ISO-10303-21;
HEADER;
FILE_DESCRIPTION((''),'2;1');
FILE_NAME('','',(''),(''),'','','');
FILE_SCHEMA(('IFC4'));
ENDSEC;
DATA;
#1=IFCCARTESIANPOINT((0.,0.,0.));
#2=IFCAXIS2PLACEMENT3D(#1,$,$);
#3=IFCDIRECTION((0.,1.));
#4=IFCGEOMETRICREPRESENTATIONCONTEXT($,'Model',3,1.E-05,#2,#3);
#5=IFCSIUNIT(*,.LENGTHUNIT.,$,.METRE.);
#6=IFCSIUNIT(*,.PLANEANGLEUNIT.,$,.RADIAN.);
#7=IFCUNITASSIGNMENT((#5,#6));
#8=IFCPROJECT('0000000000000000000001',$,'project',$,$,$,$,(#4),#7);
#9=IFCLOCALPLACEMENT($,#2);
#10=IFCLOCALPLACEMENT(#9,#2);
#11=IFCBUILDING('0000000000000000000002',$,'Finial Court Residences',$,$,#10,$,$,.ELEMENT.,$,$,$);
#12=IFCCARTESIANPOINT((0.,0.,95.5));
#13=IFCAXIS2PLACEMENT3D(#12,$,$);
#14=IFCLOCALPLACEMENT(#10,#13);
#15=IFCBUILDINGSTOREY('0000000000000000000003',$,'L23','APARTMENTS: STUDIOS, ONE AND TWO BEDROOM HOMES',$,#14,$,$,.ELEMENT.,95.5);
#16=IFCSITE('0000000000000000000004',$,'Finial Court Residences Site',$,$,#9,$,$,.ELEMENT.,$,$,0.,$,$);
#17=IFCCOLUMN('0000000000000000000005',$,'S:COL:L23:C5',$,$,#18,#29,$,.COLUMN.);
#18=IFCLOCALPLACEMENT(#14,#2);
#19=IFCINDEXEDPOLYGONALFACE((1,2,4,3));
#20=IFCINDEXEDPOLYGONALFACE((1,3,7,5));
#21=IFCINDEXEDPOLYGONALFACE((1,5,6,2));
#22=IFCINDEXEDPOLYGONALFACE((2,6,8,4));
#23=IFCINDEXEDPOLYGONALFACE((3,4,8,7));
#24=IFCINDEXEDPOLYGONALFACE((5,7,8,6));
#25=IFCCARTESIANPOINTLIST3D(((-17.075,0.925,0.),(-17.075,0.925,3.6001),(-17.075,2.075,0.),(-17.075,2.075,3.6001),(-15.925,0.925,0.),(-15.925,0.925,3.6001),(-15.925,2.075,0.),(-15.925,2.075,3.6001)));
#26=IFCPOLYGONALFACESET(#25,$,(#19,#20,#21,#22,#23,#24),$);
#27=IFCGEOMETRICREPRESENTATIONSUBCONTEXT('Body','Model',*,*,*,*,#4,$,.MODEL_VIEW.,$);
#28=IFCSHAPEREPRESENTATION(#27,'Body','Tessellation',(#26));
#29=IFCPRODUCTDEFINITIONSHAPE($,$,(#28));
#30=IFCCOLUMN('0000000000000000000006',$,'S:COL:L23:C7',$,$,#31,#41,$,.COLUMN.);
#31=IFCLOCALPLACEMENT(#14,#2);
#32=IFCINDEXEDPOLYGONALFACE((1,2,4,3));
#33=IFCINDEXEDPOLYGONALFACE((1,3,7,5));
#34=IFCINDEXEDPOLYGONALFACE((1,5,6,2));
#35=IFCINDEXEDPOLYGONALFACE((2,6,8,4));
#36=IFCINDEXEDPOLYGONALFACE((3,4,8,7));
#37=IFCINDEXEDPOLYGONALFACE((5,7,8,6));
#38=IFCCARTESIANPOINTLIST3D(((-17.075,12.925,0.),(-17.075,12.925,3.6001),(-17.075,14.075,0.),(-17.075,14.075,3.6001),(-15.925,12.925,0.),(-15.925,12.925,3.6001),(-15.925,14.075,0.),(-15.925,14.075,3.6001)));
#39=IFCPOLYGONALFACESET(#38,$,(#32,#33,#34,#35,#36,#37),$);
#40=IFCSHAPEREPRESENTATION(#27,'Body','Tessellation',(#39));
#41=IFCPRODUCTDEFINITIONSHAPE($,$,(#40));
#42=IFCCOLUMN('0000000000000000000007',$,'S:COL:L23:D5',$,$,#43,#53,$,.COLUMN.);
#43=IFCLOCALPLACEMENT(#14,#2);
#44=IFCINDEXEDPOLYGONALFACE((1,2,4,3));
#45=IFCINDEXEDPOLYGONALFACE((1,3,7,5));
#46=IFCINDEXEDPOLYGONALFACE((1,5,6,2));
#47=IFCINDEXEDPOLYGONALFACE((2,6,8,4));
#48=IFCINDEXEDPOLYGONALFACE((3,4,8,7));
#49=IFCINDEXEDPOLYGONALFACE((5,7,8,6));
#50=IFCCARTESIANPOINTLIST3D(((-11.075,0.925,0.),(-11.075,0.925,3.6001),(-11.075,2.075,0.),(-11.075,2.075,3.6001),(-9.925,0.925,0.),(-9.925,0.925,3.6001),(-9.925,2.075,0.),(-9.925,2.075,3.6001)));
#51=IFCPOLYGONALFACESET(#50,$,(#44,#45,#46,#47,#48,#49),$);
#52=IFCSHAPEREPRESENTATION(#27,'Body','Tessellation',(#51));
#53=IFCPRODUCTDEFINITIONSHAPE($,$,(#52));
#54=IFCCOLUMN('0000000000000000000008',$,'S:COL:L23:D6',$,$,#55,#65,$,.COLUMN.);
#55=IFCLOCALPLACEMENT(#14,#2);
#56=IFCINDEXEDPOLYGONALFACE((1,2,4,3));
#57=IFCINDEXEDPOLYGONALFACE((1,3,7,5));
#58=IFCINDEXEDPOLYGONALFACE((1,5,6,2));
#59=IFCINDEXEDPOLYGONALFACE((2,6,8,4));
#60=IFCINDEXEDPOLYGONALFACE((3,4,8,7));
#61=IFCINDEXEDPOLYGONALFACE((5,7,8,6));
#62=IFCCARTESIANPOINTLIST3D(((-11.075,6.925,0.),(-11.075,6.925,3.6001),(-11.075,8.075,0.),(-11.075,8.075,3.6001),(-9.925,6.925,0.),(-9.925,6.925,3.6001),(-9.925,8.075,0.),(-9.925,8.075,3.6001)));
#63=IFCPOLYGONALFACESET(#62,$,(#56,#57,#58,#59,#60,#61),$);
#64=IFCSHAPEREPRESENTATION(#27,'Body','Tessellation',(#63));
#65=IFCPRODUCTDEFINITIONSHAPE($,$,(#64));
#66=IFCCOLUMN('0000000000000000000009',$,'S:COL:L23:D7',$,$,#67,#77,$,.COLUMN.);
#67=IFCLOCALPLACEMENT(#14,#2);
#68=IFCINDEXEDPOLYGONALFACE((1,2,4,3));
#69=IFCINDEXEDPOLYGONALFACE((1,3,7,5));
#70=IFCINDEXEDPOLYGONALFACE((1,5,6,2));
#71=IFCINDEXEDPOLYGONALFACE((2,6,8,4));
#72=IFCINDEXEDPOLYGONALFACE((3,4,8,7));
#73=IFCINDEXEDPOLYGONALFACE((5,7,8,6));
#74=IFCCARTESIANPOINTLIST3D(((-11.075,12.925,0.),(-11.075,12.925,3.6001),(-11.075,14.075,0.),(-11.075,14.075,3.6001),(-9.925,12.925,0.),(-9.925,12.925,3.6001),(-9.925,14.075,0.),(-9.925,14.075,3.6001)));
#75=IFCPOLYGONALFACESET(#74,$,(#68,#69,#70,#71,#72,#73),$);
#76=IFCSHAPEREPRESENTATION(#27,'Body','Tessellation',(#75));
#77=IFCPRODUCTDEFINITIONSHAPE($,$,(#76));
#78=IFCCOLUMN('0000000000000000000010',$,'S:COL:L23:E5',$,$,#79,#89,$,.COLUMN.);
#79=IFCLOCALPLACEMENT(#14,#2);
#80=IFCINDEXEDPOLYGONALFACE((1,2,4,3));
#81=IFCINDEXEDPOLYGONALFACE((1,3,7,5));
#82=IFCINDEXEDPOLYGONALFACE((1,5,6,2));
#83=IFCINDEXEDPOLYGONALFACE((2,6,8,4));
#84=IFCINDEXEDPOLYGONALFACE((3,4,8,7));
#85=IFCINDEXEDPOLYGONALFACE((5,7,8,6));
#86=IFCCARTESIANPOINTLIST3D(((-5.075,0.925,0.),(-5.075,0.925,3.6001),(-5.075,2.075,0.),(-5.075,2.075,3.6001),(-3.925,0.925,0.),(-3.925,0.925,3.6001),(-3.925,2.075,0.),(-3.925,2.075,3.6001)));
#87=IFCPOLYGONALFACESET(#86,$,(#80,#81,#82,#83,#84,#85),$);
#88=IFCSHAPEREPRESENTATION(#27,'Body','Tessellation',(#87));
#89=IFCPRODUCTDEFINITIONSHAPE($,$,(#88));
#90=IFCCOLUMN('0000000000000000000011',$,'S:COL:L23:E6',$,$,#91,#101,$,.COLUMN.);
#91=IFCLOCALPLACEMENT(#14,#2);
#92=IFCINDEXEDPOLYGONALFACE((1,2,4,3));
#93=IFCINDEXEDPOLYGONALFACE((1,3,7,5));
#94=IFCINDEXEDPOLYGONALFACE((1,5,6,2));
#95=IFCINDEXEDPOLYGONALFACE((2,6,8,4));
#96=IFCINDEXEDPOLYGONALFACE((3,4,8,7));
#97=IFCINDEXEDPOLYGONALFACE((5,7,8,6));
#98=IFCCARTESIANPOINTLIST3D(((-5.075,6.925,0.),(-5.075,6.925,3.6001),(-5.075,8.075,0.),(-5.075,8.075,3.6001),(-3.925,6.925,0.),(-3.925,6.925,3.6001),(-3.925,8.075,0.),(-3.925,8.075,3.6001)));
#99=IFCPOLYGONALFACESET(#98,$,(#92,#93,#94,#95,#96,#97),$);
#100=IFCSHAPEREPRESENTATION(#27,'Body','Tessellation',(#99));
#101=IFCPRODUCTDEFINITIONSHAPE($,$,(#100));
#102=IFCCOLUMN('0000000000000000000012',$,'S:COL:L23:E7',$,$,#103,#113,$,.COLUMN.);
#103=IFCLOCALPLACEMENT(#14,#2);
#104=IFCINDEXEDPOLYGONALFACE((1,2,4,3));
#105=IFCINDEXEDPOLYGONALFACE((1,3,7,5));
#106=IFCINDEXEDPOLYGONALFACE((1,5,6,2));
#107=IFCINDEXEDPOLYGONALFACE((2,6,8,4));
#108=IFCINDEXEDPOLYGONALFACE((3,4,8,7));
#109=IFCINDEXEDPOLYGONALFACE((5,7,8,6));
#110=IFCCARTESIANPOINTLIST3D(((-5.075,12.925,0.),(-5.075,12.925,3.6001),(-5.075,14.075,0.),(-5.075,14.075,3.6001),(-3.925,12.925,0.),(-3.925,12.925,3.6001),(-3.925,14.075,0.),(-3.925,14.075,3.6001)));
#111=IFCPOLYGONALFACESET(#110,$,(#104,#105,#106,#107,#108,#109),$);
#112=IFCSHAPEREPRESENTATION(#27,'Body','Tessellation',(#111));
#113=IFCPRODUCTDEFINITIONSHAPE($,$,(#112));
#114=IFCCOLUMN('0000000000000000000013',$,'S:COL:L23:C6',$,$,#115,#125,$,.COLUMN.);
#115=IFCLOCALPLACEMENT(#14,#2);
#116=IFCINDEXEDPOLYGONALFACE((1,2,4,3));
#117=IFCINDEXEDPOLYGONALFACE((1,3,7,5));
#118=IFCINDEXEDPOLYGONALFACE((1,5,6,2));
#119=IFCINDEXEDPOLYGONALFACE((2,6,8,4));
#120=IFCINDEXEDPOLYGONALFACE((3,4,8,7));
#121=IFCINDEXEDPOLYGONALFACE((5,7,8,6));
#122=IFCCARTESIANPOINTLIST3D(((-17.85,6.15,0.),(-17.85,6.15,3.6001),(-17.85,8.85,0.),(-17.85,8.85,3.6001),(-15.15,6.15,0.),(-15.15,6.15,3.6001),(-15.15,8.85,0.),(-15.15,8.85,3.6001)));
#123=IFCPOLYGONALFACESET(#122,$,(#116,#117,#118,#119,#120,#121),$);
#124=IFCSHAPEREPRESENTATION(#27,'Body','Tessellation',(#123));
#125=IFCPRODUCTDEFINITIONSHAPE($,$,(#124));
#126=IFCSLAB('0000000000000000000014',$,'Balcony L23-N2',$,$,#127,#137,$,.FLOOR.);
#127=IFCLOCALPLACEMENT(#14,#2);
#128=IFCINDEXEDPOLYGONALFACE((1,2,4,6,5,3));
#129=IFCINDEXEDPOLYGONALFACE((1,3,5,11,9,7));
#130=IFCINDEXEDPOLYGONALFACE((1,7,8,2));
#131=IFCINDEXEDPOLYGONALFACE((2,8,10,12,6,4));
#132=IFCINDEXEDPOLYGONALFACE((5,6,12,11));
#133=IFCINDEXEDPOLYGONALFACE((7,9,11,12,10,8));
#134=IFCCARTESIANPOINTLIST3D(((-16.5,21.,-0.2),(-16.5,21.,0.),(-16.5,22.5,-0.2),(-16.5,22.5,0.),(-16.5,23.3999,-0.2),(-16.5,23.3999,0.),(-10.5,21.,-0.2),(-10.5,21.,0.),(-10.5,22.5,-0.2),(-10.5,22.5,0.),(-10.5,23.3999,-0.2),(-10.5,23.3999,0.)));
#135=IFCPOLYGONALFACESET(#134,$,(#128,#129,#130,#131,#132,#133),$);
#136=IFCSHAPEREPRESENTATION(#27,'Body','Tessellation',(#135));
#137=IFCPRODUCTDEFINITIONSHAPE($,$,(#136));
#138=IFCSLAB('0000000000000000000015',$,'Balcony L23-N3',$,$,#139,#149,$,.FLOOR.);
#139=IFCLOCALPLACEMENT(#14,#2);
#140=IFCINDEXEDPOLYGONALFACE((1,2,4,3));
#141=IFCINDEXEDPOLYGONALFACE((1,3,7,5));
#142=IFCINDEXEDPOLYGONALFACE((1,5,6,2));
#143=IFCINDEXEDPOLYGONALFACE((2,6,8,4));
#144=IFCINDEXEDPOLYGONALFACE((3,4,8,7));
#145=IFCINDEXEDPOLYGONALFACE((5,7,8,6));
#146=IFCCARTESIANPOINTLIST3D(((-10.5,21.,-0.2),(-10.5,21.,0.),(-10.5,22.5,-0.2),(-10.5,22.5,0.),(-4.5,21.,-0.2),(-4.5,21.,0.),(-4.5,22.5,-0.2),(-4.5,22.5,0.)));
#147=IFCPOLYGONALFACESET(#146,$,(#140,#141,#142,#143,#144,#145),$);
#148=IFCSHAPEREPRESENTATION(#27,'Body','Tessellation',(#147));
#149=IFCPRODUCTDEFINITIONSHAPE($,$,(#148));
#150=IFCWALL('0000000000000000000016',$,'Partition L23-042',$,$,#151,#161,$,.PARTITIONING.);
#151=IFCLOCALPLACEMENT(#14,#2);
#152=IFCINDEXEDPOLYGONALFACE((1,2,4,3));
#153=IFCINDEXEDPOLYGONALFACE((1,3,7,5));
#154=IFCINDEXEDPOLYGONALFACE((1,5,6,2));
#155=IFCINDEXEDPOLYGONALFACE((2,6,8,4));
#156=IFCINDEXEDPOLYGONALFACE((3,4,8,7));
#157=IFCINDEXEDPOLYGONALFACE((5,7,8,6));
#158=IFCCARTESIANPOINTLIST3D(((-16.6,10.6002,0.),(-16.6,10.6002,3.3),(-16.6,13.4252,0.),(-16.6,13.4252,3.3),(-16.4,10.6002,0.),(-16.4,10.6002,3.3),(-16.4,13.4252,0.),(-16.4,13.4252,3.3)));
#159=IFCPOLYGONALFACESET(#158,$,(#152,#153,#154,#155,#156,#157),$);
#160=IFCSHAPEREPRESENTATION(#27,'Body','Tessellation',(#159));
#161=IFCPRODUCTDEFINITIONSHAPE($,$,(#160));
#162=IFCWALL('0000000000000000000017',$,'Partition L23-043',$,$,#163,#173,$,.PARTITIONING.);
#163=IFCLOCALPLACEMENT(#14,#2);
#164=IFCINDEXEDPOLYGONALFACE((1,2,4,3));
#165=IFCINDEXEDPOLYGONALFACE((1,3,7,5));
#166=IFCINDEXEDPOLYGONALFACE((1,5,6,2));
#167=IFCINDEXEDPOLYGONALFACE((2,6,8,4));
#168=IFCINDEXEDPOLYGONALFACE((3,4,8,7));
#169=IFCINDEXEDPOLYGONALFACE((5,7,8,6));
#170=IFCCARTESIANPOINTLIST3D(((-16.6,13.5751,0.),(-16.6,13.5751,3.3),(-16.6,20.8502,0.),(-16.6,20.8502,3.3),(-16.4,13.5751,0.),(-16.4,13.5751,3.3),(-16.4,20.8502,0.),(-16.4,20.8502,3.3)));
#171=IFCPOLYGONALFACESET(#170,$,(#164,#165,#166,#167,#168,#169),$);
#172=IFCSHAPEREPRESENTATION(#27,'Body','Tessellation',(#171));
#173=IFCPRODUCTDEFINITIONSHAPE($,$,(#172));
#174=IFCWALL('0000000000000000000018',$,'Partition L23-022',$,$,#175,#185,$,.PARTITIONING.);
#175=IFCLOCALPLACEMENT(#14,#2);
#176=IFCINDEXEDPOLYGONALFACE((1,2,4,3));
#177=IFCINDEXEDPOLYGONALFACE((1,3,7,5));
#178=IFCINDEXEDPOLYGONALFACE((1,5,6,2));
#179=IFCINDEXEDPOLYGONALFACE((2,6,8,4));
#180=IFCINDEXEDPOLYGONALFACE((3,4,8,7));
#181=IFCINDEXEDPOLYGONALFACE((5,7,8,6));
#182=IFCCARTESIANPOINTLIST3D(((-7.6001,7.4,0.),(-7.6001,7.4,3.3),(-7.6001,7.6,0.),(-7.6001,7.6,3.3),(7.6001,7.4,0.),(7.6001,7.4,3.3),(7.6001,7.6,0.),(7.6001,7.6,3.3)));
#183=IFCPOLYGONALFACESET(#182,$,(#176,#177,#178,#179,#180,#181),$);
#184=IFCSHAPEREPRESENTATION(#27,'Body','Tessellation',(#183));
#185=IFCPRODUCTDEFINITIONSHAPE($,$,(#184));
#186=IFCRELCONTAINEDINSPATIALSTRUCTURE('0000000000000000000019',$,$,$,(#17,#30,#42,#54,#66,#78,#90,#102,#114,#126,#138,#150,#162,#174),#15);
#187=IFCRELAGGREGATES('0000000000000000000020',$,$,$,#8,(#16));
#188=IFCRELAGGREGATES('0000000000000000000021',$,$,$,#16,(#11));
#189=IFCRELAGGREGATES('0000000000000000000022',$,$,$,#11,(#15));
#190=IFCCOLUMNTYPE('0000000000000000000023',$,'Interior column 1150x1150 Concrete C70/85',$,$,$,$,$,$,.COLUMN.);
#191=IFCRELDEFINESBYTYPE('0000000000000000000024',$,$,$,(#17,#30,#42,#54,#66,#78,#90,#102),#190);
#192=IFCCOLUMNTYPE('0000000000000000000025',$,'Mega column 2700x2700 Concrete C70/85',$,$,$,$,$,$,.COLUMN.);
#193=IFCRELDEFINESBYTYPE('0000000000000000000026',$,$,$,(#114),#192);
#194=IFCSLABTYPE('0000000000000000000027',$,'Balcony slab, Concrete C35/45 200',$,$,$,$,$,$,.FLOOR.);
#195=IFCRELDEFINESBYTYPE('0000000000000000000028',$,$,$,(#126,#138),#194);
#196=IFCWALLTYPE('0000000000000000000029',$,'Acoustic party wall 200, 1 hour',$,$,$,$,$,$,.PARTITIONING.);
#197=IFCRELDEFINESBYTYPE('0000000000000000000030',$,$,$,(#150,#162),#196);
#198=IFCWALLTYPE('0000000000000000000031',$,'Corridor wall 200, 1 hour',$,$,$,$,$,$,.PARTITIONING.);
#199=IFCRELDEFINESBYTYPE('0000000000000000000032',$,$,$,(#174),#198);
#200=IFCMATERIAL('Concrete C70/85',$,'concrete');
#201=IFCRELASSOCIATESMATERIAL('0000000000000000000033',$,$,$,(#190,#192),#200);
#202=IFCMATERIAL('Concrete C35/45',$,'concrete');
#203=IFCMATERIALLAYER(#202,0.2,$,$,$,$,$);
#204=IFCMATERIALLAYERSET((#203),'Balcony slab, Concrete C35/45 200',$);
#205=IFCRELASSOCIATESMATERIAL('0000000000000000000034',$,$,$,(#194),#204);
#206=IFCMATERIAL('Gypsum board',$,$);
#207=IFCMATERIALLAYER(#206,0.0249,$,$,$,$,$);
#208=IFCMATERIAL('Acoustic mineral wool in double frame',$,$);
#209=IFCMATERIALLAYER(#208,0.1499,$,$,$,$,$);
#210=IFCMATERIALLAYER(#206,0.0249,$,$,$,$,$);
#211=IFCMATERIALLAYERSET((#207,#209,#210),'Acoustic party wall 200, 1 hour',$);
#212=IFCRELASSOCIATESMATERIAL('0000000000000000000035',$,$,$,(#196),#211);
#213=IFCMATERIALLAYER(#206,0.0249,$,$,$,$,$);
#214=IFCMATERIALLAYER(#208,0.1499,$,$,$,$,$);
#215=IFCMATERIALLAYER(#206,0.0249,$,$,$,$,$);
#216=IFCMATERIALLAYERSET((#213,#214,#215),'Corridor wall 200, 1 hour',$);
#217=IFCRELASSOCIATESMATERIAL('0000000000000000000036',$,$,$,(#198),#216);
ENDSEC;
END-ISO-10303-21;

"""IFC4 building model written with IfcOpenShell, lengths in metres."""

from ifc_helpers import new_model, si_unit, direction, frame, frame_2d, origin, origin_2d, place, context, subcontext, project, spatial, polyline, rectangle, outline, extrude, material, layer, layer_set, material_profile, profile_set, type_object, element, save


model = new_model("IFC4")

# Units and contexts
model_context = context("Model", 3, precision=1e-05, world=origin(), true_north=direction((0.0, 1.0)))
body_context = subcontext(model_context, "Body", "Model", "MODEL_VIEW")
ifc_project = project(units=[si_unit("LENGTHUNIT", "METRE"), si_unit("PLANEANGLEUNIT", "RADIAN")], contexts=[model_context])

# Site, building, storey
site_placement = place(None, origin())
site = spatial("IfcSite", under=ifc_project, at=site_placement, Name="Finial Court Residences Site", CompositionType="ELEMENT", RefElevation=0.0)
building_placement = place(site_placement, origin())
building = spatial("IfcBuilding", under=site, at=building_placement, Name="Finial Court Residences", CompositionType="ELEMENT")
storey_placement = place(building_placement, frame((0.0, 0.0, 95.5)))
storey = spatial("IfcBuildingStorey", under=building, at=storey_placement, Name="L23", Description="APARTMENTS: STUDIOS, ONE AND TWO BEDROOM HOMES", CompositionType="ELEMENT", Elevation=95.5)

# Columns
ifc_material_1 = material(Name="Concrete C70/85", Category="concrete")
ifc_material_profile_1 = material_profile(ifc_material_1, rectangle(XDim=1.1499, YDim=1.1499, at=origin_2d()), Name="1150x1150")
ifc_profile_set_1 = profile_set([ifc_material_profile_1], Name="Concrete C70/85")
column_type_1 = type_object("IfcColumnType", Name="Interior column 1150x1150 Concrete C70/85", PredefinedType="COLUMN", material=ifc_profile_set_1)
for number, where, z_axis, x_axis, name in (
    (1, (-16.5, 1.5, 0.0), (0.0, 0.0, 1.0), (1.0, 0.0, 0.0), "S:COL:L23:C5"),
    (2, (-16.5, 13.5, 0.0), (0.0, 0.0, 1.0), (1.0, 0.0, 0.0), "S:COL:L23:C7"),
    (3, (-10.5, 1.5, 0.0), (0.0, 0.0, 1.0), (1.0, 0.0, 0.0), "S:COL:L23:D5"),
    (4, (-10.5, 7.5, 0.0), (0.0, 0.0, 1.0), (1.0, 0.0, 0.0), "S:COL:L23:D6"),
    (5, (-10.5, 13.5, 0.0), (0.0, 0.0, 1.0), (1.0, 0.0, 0.0), "S:COL:L23:D7"),
    (6, (-4.5, 1.5, 0.0), (0.0, 0.0, 1.0), (1.0, 0.0, 0.0), "S:COL:L23:E5"),
    (7, (-4.5, 7.5, 0.0), (0.0, 0.0, 1.0), (1.0, 0.0, 0.0), "S:COL:L23:E6"),
    (8, (-4.5, 13.5, 0.0), (0.0, 0.0, 1.0), (1.0, 0.0, 0.0), "S:COL:L23:E7"),
):
    element("IfcColumn", number, at=place(storey_placement, frame(where, z_axis=z_axis, x_axis=x_axis)), inside=storey, type_object=column_type_1, Name=name, PredefinedType="COLUMN", context=body_context, shape_type="SweptSolid", body=[
        extrude(rectangle(XDim=1.1499, YDim=1.1499, at=origin_2d()), origin(), (0.0, 0.0, 1.0), 3.6001),
    ])
ifc_material_profile_2 = material_profile(ifc_material_1, rectangle(XDim=2.7, YDim=2.7, at=origin_2d()), Name="2700x2700")
ifc_profile_set_2 = profile_set([ifc_material_profile_2], Name="Concrete C70/85")
column_type_2 = type_object("IfcColumnType", Name="Mega column 2700x2700 Concrete C70/85", PredefinedType="COLUMN", material=ifc_profile_set_2)
column_placement = place(storey_placement, frame((-16.5, 7.5, 0.0), z_axis=(0.0, 0.0, 1.0), x_axis=(1.0, 0.0, 0.0)))
element("IfcColumn", 9, at=column_placement, inside=storey, type_object=column_type_2, Name="S:COL:L23:C6", PredefinedType="COLUMN", context=body_context, shape_type="SweptSolid", body=[
    extrude(rectangle(XDim=2.7, YDim=2.7, at=origin_2d()), origin(), (0.0, 0.0, 1.0), 3.6001),
])

# Slabs
ifc_material_2 = material(Name="Concrete C35/45", Category="concrete")
ifc_layer_1 = layer(ifc_material_2, 0.2)
ifc_layer_set_1 = layer_set([ifc_layer_1], Name="Balcony slab, Concrete C35/45 200")
slab_type = type_object("IfcSlabType", Name="Balcony slab, Concrete C35/45 200", PredefinedType="FLOOR", material=ifc_layer_set_1)
slab_1_placement = place(storey_placement, frame((0.0, 0.0, -0.2)))
element("IfcSlab", 10, at=slab_1_placement, inside=storey, type_object=slab_type, Name="Balcony L23-N2", PredefinedType="FLOOR", context=body_context, shape_type="SweptSolid", body=[
    extrude(outline(polyline([(-16.5, 22.5), (-16.5, 23.3999), (-10.5, 23.3999), (-10.5, 22.5), (-10.5, 21.0), (-16.5, 21.0), (-16.5, 22.5)])), origin(), (0.0, 0.0, 1.0), 0.2),
])
slab_2_placement = place(storey_placement, frame((0.0, 0.0, -0.2)))
element("IfcSlab", 11, at=slab_2_placement, inside=storey, type_object=slab_type, Name="Balcony L23-N3", PredefinedType="FLOOR", context=body_context, shape_type="SweptSolid", body=[
    extrude(outline(polyline([(-4.5, 21.0), (-4.5, 22.5), (-10.5, 22.5), (-10.5, 21.0), (-4.5, 21.0)])), origin(), (0.0, 0.0, 1.0), 0.2),
])

# Walls
ifc_material_3 = material(Name="Gypsum board")
ifc_layer_2 = layer(ifc_material_3, 0.0249)
ifc_material_4 = material(Name="Acoustic mineral wool in double frame")
ifc_layer_3 = layer(ifc_material_4, 0.1499)
ifc_layer_4 = layer(ifc_material_3, 0.0249)
ifc_layer_set_2 = layer_set([ifc_layer_2, ifc_layer_3, ifc_layer_4], Name="Acoustic party wall 200, 1 hour")
wall_type_1 = type_object("IfcWallType", Name="Acoustic party wall 200, 1 hour", PredefinedType="PARTITIONING", material=ifc_layer_set_2)
wall_1_placement = place(storey_placement, frame((-16.5, 10.6001, 0.0), z_axis=(0.0, 0.0, 1.0), x_axis=(0.0, 1.0, 0.0)))
element("IfcWall", 12, at=wall_1_placement, inside=storey, type_object=wall_type_1, Name="Partition L23-042", PredefinedType="PARTITIONING", context=body_context, shape_type="SweptSolid", body=[
    extrude(rectangle(XDim=2.825, YDim=0.2, at=frame_2d((1.4126, 0.0))), origin(), (0.0, 0.0, 1.0), 3.3),
])
wall_2_placement = place(storey_placement, frame((-16.5, 13.575, 0.0), z_axis=(0.0, 0.0, 1.0), x_axis=(0.0, 1.0, 0.0)))
element("IfcWall", 13, at=wall_2_placement, inside=storey, type_object=wall_type_1, Name="Partition L23-043", PredefinedType="PARTITIONING", context=body_context, shape_type="SweptSolid", body=[
    extrude(rectangle(XDim=7.2751, YDim=0.2, at=frame_2d((3.6377, 0.0))), origin(), (0.0, 0.0, 1.0), 3.3),
])
ifc_layer_5 = layer(ifc_material_3, 0.0249)
ifc_layer_6 = layer(ifc_material_4, 0.1499)
ifc_layer_7 = layer(ifc_material_3, 0.0249)
ifc_layer_set_3 = layer_set([ifc_layer_5, ifc_layer_6, ifc_layer_7], Name="Corridor wall 200, 1 hour")
wall_type_2 = type_object("IfcWallType", Name="Corridor wall 200, 1 hour", PredefinedType="PARTITIONING", material=ifc_layer_set_3)
wall_3_placement = place(storey_placement, frame((-7.6001, 7.5, 0.0), z_axis=(0.0, 0.0, 1.0), x_axis=(1.0, 0.0, 0.0)))
element("IfcWall", 14, at=wall_3_placement, inside=storey, type_object=wall_type_2, Name="Partition L23-022", PredefinedType="PARTITIONING", context=body_context, shape_type="SweptSolid", body=[
    extrude(rectangle(XDim=15.2002, YDim=0.2, at=frame_2d((7.6001, 0.0))), origin(), (0.0, 0.0, 1.0), 3.3),
])

save(model, "model.ifc")
